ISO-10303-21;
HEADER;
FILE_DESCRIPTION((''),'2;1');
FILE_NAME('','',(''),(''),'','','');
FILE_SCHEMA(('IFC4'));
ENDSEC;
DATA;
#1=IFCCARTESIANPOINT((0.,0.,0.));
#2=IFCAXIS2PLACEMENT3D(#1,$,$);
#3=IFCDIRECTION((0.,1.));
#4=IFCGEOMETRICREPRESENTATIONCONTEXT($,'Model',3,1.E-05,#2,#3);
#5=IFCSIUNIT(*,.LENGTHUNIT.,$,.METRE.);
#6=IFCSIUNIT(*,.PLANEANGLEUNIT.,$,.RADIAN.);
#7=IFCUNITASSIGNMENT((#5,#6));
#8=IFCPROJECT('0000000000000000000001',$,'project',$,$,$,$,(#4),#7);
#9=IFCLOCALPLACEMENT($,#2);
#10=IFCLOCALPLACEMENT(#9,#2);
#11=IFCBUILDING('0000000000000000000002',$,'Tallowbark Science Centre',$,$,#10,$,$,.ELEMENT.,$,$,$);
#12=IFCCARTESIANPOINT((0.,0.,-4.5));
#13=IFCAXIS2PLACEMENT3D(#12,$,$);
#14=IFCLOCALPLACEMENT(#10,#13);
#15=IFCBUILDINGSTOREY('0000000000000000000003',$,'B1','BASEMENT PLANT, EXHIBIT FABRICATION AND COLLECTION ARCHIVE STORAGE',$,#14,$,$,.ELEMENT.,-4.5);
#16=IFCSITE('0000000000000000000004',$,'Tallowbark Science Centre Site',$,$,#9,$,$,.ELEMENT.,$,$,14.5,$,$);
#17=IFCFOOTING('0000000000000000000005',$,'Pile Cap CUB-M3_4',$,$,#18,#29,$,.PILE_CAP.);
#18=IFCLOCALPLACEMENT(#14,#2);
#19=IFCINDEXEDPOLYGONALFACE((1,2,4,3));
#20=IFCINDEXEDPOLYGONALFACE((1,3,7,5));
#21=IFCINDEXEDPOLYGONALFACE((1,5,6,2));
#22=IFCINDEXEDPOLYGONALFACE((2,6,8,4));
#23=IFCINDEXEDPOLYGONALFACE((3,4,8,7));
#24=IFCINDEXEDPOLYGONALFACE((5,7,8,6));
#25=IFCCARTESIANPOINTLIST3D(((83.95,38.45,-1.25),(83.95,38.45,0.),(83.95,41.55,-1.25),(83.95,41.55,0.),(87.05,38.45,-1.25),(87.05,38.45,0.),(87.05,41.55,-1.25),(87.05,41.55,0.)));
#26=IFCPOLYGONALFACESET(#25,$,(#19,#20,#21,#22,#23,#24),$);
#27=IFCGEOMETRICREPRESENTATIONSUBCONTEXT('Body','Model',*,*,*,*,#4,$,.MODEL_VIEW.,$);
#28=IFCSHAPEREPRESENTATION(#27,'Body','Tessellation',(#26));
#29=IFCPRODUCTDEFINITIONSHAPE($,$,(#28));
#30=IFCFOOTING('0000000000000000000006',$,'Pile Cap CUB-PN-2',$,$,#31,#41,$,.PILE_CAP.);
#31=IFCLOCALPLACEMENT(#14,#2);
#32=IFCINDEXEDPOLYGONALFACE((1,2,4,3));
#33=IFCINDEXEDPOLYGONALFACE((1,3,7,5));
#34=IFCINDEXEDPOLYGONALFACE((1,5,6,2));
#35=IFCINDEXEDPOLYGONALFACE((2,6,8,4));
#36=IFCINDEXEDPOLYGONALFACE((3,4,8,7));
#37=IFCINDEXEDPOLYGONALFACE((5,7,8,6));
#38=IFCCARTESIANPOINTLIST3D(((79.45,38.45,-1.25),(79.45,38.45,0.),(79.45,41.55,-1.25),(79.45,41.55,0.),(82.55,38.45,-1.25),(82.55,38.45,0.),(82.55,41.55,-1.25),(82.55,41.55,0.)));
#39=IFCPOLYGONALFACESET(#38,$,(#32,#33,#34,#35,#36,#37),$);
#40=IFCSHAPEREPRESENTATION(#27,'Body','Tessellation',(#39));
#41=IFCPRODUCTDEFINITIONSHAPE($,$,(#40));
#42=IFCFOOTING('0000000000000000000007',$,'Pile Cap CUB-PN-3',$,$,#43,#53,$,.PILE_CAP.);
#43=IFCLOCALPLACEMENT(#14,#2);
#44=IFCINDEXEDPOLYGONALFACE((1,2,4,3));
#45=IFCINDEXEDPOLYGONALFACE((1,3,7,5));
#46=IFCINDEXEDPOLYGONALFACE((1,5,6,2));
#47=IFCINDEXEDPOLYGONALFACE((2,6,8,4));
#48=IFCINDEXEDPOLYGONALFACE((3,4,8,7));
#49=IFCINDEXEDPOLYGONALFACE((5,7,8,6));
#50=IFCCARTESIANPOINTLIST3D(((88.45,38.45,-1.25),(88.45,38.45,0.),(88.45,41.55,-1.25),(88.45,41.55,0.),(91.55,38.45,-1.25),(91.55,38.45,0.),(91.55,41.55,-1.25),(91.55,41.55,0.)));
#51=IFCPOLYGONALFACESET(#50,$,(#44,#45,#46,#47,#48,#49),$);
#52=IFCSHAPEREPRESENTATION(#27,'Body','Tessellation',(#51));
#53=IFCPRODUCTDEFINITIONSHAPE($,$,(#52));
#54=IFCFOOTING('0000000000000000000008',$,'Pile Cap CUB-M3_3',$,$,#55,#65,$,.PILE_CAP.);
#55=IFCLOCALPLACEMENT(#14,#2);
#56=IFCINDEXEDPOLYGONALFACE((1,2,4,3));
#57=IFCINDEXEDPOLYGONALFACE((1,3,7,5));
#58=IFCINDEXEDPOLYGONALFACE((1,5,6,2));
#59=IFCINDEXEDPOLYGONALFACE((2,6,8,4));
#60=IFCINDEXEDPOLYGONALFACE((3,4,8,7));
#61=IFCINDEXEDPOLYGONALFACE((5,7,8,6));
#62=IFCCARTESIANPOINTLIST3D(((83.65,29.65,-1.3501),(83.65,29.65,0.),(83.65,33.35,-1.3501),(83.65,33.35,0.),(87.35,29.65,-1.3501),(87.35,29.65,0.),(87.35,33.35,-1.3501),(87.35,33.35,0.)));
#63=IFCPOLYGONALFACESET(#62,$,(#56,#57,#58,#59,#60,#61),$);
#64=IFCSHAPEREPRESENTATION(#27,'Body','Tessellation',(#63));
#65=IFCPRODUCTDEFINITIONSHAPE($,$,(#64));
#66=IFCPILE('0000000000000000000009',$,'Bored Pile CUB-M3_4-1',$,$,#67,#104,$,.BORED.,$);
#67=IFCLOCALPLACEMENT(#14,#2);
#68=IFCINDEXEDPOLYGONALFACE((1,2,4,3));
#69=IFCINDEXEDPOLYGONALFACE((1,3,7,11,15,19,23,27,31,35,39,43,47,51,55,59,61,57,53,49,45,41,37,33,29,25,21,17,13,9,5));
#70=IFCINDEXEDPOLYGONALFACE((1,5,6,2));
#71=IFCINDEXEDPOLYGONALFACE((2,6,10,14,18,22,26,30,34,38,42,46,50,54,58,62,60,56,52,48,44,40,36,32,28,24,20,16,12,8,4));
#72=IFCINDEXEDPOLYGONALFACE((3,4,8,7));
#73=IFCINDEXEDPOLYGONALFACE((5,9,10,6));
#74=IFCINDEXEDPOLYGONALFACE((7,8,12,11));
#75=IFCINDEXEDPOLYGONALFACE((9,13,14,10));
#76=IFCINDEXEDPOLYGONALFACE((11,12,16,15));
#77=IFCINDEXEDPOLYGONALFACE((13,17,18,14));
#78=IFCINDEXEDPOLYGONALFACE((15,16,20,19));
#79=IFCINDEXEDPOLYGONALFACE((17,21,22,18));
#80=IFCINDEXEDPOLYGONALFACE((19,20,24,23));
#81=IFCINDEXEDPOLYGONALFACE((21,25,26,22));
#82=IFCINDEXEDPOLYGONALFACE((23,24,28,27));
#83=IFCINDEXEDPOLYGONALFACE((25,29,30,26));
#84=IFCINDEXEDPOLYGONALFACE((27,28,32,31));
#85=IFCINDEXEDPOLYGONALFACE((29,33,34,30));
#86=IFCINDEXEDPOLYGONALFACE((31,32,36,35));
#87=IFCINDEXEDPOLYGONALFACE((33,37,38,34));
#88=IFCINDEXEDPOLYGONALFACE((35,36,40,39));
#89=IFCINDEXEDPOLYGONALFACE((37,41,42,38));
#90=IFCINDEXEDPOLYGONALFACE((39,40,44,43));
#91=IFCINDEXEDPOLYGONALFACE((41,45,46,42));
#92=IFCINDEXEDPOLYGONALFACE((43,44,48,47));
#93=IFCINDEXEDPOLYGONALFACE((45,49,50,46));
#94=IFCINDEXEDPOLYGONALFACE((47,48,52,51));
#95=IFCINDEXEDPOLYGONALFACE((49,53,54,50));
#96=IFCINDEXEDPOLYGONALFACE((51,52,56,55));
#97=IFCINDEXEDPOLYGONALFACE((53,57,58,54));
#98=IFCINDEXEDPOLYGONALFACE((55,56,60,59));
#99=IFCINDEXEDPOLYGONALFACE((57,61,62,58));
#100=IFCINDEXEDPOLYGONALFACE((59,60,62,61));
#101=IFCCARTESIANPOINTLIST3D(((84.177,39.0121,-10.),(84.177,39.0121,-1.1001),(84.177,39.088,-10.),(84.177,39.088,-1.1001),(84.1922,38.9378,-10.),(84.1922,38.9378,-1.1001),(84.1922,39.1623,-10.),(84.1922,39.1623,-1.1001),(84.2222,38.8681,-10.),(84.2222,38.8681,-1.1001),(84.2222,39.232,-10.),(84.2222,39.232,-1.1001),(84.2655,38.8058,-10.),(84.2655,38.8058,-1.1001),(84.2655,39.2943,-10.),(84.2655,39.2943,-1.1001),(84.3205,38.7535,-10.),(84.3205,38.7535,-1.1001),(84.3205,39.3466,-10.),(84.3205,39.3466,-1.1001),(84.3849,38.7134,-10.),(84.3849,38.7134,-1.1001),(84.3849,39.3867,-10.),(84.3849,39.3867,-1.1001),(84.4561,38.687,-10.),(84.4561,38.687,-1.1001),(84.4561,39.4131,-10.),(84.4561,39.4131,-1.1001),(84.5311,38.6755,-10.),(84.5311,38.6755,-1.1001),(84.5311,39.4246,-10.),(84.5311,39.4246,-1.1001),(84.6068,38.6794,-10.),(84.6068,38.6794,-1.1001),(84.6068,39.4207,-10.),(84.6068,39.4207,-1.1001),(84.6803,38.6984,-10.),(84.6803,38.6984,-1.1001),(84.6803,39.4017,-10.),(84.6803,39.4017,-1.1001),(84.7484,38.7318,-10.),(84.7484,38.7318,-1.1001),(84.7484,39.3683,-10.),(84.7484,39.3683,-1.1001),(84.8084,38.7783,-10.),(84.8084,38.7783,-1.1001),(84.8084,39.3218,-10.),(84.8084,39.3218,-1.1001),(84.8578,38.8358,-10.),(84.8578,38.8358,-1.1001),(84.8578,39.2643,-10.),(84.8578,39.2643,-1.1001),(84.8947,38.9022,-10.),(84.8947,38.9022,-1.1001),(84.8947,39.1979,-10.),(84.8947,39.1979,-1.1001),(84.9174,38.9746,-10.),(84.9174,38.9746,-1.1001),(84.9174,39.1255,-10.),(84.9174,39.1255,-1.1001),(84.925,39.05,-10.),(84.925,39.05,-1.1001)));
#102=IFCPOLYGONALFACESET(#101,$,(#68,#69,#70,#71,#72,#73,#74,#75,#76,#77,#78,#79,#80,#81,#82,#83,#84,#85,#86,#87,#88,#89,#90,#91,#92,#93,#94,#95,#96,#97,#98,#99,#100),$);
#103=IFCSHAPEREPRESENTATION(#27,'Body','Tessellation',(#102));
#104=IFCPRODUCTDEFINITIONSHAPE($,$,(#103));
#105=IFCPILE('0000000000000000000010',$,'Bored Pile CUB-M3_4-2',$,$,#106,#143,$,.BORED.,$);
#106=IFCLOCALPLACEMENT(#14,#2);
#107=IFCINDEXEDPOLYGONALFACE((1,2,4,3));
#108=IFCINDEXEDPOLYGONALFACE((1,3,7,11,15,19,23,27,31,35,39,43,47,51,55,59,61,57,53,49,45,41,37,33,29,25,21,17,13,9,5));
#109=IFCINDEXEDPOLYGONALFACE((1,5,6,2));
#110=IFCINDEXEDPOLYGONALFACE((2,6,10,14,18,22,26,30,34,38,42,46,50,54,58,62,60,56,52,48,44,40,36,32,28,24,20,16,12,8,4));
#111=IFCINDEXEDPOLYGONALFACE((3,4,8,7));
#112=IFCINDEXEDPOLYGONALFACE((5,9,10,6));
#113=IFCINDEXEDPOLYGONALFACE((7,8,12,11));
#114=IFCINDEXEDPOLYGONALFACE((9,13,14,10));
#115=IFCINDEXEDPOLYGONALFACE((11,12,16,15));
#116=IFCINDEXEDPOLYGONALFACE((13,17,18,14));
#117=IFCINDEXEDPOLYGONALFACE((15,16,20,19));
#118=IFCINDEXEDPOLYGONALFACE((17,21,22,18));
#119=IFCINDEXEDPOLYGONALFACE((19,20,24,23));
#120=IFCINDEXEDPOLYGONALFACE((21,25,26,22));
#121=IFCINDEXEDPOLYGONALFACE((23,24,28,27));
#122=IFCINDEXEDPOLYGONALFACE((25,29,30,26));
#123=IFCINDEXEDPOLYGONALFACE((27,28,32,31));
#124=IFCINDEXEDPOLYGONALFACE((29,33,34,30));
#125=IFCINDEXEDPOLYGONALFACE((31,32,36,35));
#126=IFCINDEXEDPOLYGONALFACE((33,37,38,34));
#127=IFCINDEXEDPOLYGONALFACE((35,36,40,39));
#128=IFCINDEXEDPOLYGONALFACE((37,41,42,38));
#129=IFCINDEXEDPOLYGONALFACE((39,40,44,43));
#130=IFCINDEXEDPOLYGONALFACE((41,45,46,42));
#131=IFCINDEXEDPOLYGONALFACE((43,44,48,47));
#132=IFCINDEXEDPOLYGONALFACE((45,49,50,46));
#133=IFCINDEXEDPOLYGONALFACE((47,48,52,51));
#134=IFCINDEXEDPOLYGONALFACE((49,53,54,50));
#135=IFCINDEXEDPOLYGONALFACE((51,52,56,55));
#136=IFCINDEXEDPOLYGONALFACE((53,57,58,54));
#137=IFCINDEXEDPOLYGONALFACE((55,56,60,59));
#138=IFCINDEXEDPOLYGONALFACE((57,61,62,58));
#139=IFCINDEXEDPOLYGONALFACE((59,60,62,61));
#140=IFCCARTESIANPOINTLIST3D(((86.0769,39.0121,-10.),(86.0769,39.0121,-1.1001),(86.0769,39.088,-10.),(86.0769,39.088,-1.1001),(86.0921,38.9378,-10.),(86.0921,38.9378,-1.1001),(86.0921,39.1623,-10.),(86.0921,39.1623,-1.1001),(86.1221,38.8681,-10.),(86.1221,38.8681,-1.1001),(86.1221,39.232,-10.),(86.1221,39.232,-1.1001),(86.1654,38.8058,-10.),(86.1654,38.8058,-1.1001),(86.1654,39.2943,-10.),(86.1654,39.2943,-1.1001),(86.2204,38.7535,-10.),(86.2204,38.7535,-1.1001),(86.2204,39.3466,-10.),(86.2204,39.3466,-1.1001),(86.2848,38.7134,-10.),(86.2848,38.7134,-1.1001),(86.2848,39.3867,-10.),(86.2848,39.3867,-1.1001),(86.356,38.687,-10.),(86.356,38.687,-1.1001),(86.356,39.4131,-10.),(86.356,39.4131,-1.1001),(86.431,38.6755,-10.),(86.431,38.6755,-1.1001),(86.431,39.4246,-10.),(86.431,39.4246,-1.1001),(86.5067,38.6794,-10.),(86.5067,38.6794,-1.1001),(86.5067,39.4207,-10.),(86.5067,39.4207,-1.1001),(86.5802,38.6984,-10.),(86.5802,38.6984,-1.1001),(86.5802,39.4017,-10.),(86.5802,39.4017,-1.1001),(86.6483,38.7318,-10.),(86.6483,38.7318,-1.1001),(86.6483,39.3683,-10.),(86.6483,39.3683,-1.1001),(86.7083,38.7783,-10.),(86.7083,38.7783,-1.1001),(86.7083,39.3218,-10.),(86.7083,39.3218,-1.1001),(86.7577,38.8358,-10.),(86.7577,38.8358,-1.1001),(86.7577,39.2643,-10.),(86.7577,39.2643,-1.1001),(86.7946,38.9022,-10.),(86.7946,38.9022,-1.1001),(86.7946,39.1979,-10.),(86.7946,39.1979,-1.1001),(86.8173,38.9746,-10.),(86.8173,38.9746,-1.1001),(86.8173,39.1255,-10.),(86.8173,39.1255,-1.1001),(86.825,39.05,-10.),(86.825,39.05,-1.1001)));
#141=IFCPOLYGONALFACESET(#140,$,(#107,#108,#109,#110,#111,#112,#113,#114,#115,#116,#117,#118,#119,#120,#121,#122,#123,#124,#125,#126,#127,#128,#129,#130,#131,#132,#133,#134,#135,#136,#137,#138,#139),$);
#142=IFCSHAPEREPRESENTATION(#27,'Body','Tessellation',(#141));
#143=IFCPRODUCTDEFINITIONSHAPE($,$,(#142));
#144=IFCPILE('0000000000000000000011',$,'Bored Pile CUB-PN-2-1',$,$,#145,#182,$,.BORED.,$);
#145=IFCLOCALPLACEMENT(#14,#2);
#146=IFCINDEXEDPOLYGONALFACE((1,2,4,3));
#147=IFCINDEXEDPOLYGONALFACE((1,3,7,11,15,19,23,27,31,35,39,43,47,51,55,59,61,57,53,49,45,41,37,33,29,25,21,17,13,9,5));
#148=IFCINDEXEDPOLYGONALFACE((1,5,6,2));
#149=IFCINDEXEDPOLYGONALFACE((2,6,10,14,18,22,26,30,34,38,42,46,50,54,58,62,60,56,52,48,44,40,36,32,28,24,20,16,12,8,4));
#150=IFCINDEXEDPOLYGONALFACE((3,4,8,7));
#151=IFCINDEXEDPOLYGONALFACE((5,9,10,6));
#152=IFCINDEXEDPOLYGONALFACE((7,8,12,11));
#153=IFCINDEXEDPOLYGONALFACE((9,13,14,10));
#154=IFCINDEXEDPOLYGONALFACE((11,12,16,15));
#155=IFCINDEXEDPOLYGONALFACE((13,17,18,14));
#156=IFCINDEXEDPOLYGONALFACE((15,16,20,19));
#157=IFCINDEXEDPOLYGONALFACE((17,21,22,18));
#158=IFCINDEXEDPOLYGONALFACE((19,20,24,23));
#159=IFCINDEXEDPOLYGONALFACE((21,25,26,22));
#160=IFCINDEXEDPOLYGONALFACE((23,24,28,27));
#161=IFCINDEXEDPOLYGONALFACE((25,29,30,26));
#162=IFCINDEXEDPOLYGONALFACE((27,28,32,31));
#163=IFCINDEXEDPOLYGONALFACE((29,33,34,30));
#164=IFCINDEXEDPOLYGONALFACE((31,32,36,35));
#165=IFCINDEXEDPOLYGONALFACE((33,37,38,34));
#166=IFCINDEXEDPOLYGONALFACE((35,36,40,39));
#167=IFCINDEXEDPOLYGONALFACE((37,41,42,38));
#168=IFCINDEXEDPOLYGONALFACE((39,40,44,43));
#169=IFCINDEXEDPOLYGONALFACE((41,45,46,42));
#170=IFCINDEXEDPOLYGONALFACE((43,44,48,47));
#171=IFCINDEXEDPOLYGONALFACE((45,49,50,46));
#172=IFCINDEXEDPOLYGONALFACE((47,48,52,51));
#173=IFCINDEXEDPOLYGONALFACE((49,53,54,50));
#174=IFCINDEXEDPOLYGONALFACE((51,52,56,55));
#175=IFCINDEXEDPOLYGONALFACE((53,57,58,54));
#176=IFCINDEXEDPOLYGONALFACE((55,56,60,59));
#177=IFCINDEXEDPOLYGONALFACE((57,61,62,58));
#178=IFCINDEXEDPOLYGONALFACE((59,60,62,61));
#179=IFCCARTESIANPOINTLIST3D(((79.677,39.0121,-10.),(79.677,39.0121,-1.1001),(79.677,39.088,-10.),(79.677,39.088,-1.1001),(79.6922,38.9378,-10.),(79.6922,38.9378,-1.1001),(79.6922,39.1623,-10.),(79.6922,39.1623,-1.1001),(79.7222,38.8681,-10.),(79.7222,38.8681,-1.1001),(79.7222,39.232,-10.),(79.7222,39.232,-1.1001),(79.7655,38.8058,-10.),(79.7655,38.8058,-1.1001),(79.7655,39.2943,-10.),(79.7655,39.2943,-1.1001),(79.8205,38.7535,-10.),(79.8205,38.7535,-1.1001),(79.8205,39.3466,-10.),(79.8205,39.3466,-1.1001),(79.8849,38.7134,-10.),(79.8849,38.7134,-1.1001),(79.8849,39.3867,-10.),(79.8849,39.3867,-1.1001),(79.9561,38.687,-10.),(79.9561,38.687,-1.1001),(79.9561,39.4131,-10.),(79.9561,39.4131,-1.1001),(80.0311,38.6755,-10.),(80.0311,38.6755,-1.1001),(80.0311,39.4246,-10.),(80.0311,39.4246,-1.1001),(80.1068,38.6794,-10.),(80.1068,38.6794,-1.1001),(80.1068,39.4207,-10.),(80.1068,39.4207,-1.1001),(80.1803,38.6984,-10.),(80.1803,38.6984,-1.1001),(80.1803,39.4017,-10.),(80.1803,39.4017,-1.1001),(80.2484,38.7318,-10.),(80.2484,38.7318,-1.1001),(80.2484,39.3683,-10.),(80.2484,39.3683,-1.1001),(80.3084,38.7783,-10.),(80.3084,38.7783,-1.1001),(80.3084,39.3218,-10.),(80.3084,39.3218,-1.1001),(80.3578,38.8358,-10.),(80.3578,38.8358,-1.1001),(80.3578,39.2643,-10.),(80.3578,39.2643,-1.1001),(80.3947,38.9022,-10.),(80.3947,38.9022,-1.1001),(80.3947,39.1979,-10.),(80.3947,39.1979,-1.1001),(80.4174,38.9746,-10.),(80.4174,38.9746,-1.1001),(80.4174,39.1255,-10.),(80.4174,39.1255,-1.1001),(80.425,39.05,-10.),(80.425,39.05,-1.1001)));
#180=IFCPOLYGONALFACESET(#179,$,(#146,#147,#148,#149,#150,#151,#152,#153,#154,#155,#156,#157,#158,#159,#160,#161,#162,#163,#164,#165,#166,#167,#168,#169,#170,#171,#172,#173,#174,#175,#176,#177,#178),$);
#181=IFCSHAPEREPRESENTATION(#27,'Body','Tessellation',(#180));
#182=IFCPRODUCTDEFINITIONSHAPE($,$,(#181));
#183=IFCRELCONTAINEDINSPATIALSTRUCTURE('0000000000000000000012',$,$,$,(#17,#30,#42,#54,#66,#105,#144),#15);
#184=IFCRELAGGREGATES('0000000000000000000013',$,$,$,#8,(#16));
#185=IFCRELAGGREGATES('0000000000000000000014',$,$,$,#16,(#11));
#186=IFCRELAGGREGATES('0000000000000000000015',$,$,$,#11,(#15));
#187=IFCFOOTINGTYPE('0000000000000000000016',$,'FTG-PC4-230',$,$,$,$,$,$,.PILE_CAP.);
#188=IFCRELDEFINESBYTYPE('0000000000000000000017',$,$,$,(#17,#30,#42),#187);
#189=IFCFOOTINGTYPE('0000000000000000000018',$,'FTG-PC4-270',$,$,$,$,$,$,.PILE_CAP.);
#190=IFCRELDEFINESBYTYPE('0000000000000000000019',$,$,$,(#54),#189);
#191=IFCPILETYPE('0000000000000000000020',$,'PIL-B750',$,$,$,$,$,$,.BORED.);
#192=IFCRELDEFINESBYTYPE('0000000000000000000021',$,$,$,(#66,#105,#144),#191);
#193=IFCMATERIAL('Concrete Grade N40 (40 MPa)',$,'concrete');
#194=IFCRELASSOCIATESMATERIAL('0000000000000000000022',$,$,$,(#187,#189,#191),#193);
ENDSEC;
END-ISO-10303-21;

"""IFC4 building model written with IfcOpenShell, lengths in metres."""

from ifc_helpers import new_model, si_unit, direction, frame, origin, origin_2d, place, context, subcontext, project, spatial, rectangle, circle, extrude, material, material_profile, profile_set, type_object, element, save


model = new_model("IFC4")

# Units and contexts
model_context = context("Model", 3, precision=1e-05, world=origin(), true_north=direction((0.0, 1.0)))
body_context = subcontext(model_context, "Body", "Model", "MODEL_VIEW")
ifc_project = project(units=[si_unit("LENGTHUNIT", "METRE"), si_unit("PLANEANGLEUNIT", "RADIAN")], contexts=[model_context])

# Site, building, storey
site_placement = place(None, origin())
site = spatial("IfcSite", under=ifc_project, at=site_placement, Name="Tallowbark Science Centre Site", CompositionType="ELEMENT", RefElevation=14.5)
building_placement = place(site_placement, origin())
building = spatial("IfcBuilding", under=site, at=building_placement, Name="Tallowbark Science Centre", CompositionType="ELEMENT")
storey_placement = place(building_placement, frame((0.0, 0.0, -4.5)))
storey = spatial("IfcBuildingStorey", under=building, at=storey_placement, Name="B1", Description="BASEMENT PLANT, EXHIBIT FABRICATION AND COLLECTION ARCHIVE STORAGE", CompositionType="ELEMENT", Elevation=-4.5)

# Footings
ifc_material_1 = material(Name="Concrete Grade N40 (40 MPa)", Category="concrete")
footing_type_1 = type_object("IfcFootingType", Name="FTG-PC4-230", PredefinedType="PILE_CAP", material=ifc_material_1)
for number, where, z_axis, x_axis, name in (
    (1, (85.5, 40.0, -1.25), (0.0, 0.0, 1.0), (1.0, 0.0, 0.0), "Pile Cap CUB-M3_4"),
    (2, (81.0, 40.0, -1.25), (0.0, 0.0, 1.0), (1.0, 0.0, 0.0), "Pile Cap CUB-PN-2"),
    (3, (90.0, 40.0, -1.25), (0.0, 0.0, 1.0), (1.0, 0.0, 0.0), "Pile Cap CUB-PN-3"),
):
    element("IfcFooting", number, at=place(storey_placement, frame(where, z_axis=z_axis, x_axis=x_axis)), inside=storey, type_object=footing_type_1, Name=name, PredefinedType="PILE_CAP", context=body_context, shape_type="SweptSolid", body=[
        extrude(rectangle(XDim=3.1001, YDim=3.1001, at=origin_2d()), origin(), (0.0, 0.0, 1.0), 1.25),
    ])
footing_type_2 = type_object("IfcFootingType", Name="FTG-PC4-270", PredefinedType="PILE_CAP", material=ifc_material_1)
footing_placement = place(storey_placement, frame((85.5, 31.5, -1.3501), z_axis=(0.0, 0.0, 1.0), x_axis=(1.0, 0.0, 0.0)))
element("IfcFooting", 4, at=footing_placement, inside=storey, type_object=footing_type_2, Name="Pile Cap CUB-M3_3", PredefinedType="PILE_CAP", context=body_context, shape_type="SweptSolid", body=[
    extrude(rectangle(XDim=3.7, YDim=3.7, at=origin_2d()), origin(), (0.0, 0.0, 1.0), 1.3501),
])

# Piles
ifc_material_profile_1 = material_profile(ifc_material_1, circle(Radius=0.375, at=origin_2d()), Name="PILE750")
ifc_profile_set_1 = profile_set([ifc_material_profile_1], Name="Concrete Grade N40 (40 MPa)")
pile_type_1 = type_object("IfcPileType", Name="PIL-B750", PredefinedType="BORED", material=ifc_profile_set_1)
for number, where, z_axis, x_axis, name in (
    (5, (84.55, 39.05, -1.1001), (0.0, 0.0, -1.0), (1.0, 0.0, 0.0), "Bored Pile CUB-M3_4-1"),
    (6, (86.45, 39.05, -1.1001), (0.0, 0.0, -1.0), (1.0, 0.0, 0.0), "Bored Pile CUB-M3_4-2"),
    (7, (80.05, 39.05, -1.1001), (0.0, 0.0, -1.0), (1.0, 0.0, 0.0), "Bored Pile CUB-PN-2-1"),
):
    element("IfcPile", number, at=place(storey_placement, frame(where, z_axis=z_axis, x_axis=x_axis)), inside=storey, type_object=pile_type_1, Name=name, PredefinedType="BORED", context=body_context, shape_type="SweptSolid", body=[
        extrude(circle(Radius=0.375, at=origin_2d()), origin(), (0.0, 0.0, 1.0), 8.8999),
    ])

save(model, "model.ifc")
